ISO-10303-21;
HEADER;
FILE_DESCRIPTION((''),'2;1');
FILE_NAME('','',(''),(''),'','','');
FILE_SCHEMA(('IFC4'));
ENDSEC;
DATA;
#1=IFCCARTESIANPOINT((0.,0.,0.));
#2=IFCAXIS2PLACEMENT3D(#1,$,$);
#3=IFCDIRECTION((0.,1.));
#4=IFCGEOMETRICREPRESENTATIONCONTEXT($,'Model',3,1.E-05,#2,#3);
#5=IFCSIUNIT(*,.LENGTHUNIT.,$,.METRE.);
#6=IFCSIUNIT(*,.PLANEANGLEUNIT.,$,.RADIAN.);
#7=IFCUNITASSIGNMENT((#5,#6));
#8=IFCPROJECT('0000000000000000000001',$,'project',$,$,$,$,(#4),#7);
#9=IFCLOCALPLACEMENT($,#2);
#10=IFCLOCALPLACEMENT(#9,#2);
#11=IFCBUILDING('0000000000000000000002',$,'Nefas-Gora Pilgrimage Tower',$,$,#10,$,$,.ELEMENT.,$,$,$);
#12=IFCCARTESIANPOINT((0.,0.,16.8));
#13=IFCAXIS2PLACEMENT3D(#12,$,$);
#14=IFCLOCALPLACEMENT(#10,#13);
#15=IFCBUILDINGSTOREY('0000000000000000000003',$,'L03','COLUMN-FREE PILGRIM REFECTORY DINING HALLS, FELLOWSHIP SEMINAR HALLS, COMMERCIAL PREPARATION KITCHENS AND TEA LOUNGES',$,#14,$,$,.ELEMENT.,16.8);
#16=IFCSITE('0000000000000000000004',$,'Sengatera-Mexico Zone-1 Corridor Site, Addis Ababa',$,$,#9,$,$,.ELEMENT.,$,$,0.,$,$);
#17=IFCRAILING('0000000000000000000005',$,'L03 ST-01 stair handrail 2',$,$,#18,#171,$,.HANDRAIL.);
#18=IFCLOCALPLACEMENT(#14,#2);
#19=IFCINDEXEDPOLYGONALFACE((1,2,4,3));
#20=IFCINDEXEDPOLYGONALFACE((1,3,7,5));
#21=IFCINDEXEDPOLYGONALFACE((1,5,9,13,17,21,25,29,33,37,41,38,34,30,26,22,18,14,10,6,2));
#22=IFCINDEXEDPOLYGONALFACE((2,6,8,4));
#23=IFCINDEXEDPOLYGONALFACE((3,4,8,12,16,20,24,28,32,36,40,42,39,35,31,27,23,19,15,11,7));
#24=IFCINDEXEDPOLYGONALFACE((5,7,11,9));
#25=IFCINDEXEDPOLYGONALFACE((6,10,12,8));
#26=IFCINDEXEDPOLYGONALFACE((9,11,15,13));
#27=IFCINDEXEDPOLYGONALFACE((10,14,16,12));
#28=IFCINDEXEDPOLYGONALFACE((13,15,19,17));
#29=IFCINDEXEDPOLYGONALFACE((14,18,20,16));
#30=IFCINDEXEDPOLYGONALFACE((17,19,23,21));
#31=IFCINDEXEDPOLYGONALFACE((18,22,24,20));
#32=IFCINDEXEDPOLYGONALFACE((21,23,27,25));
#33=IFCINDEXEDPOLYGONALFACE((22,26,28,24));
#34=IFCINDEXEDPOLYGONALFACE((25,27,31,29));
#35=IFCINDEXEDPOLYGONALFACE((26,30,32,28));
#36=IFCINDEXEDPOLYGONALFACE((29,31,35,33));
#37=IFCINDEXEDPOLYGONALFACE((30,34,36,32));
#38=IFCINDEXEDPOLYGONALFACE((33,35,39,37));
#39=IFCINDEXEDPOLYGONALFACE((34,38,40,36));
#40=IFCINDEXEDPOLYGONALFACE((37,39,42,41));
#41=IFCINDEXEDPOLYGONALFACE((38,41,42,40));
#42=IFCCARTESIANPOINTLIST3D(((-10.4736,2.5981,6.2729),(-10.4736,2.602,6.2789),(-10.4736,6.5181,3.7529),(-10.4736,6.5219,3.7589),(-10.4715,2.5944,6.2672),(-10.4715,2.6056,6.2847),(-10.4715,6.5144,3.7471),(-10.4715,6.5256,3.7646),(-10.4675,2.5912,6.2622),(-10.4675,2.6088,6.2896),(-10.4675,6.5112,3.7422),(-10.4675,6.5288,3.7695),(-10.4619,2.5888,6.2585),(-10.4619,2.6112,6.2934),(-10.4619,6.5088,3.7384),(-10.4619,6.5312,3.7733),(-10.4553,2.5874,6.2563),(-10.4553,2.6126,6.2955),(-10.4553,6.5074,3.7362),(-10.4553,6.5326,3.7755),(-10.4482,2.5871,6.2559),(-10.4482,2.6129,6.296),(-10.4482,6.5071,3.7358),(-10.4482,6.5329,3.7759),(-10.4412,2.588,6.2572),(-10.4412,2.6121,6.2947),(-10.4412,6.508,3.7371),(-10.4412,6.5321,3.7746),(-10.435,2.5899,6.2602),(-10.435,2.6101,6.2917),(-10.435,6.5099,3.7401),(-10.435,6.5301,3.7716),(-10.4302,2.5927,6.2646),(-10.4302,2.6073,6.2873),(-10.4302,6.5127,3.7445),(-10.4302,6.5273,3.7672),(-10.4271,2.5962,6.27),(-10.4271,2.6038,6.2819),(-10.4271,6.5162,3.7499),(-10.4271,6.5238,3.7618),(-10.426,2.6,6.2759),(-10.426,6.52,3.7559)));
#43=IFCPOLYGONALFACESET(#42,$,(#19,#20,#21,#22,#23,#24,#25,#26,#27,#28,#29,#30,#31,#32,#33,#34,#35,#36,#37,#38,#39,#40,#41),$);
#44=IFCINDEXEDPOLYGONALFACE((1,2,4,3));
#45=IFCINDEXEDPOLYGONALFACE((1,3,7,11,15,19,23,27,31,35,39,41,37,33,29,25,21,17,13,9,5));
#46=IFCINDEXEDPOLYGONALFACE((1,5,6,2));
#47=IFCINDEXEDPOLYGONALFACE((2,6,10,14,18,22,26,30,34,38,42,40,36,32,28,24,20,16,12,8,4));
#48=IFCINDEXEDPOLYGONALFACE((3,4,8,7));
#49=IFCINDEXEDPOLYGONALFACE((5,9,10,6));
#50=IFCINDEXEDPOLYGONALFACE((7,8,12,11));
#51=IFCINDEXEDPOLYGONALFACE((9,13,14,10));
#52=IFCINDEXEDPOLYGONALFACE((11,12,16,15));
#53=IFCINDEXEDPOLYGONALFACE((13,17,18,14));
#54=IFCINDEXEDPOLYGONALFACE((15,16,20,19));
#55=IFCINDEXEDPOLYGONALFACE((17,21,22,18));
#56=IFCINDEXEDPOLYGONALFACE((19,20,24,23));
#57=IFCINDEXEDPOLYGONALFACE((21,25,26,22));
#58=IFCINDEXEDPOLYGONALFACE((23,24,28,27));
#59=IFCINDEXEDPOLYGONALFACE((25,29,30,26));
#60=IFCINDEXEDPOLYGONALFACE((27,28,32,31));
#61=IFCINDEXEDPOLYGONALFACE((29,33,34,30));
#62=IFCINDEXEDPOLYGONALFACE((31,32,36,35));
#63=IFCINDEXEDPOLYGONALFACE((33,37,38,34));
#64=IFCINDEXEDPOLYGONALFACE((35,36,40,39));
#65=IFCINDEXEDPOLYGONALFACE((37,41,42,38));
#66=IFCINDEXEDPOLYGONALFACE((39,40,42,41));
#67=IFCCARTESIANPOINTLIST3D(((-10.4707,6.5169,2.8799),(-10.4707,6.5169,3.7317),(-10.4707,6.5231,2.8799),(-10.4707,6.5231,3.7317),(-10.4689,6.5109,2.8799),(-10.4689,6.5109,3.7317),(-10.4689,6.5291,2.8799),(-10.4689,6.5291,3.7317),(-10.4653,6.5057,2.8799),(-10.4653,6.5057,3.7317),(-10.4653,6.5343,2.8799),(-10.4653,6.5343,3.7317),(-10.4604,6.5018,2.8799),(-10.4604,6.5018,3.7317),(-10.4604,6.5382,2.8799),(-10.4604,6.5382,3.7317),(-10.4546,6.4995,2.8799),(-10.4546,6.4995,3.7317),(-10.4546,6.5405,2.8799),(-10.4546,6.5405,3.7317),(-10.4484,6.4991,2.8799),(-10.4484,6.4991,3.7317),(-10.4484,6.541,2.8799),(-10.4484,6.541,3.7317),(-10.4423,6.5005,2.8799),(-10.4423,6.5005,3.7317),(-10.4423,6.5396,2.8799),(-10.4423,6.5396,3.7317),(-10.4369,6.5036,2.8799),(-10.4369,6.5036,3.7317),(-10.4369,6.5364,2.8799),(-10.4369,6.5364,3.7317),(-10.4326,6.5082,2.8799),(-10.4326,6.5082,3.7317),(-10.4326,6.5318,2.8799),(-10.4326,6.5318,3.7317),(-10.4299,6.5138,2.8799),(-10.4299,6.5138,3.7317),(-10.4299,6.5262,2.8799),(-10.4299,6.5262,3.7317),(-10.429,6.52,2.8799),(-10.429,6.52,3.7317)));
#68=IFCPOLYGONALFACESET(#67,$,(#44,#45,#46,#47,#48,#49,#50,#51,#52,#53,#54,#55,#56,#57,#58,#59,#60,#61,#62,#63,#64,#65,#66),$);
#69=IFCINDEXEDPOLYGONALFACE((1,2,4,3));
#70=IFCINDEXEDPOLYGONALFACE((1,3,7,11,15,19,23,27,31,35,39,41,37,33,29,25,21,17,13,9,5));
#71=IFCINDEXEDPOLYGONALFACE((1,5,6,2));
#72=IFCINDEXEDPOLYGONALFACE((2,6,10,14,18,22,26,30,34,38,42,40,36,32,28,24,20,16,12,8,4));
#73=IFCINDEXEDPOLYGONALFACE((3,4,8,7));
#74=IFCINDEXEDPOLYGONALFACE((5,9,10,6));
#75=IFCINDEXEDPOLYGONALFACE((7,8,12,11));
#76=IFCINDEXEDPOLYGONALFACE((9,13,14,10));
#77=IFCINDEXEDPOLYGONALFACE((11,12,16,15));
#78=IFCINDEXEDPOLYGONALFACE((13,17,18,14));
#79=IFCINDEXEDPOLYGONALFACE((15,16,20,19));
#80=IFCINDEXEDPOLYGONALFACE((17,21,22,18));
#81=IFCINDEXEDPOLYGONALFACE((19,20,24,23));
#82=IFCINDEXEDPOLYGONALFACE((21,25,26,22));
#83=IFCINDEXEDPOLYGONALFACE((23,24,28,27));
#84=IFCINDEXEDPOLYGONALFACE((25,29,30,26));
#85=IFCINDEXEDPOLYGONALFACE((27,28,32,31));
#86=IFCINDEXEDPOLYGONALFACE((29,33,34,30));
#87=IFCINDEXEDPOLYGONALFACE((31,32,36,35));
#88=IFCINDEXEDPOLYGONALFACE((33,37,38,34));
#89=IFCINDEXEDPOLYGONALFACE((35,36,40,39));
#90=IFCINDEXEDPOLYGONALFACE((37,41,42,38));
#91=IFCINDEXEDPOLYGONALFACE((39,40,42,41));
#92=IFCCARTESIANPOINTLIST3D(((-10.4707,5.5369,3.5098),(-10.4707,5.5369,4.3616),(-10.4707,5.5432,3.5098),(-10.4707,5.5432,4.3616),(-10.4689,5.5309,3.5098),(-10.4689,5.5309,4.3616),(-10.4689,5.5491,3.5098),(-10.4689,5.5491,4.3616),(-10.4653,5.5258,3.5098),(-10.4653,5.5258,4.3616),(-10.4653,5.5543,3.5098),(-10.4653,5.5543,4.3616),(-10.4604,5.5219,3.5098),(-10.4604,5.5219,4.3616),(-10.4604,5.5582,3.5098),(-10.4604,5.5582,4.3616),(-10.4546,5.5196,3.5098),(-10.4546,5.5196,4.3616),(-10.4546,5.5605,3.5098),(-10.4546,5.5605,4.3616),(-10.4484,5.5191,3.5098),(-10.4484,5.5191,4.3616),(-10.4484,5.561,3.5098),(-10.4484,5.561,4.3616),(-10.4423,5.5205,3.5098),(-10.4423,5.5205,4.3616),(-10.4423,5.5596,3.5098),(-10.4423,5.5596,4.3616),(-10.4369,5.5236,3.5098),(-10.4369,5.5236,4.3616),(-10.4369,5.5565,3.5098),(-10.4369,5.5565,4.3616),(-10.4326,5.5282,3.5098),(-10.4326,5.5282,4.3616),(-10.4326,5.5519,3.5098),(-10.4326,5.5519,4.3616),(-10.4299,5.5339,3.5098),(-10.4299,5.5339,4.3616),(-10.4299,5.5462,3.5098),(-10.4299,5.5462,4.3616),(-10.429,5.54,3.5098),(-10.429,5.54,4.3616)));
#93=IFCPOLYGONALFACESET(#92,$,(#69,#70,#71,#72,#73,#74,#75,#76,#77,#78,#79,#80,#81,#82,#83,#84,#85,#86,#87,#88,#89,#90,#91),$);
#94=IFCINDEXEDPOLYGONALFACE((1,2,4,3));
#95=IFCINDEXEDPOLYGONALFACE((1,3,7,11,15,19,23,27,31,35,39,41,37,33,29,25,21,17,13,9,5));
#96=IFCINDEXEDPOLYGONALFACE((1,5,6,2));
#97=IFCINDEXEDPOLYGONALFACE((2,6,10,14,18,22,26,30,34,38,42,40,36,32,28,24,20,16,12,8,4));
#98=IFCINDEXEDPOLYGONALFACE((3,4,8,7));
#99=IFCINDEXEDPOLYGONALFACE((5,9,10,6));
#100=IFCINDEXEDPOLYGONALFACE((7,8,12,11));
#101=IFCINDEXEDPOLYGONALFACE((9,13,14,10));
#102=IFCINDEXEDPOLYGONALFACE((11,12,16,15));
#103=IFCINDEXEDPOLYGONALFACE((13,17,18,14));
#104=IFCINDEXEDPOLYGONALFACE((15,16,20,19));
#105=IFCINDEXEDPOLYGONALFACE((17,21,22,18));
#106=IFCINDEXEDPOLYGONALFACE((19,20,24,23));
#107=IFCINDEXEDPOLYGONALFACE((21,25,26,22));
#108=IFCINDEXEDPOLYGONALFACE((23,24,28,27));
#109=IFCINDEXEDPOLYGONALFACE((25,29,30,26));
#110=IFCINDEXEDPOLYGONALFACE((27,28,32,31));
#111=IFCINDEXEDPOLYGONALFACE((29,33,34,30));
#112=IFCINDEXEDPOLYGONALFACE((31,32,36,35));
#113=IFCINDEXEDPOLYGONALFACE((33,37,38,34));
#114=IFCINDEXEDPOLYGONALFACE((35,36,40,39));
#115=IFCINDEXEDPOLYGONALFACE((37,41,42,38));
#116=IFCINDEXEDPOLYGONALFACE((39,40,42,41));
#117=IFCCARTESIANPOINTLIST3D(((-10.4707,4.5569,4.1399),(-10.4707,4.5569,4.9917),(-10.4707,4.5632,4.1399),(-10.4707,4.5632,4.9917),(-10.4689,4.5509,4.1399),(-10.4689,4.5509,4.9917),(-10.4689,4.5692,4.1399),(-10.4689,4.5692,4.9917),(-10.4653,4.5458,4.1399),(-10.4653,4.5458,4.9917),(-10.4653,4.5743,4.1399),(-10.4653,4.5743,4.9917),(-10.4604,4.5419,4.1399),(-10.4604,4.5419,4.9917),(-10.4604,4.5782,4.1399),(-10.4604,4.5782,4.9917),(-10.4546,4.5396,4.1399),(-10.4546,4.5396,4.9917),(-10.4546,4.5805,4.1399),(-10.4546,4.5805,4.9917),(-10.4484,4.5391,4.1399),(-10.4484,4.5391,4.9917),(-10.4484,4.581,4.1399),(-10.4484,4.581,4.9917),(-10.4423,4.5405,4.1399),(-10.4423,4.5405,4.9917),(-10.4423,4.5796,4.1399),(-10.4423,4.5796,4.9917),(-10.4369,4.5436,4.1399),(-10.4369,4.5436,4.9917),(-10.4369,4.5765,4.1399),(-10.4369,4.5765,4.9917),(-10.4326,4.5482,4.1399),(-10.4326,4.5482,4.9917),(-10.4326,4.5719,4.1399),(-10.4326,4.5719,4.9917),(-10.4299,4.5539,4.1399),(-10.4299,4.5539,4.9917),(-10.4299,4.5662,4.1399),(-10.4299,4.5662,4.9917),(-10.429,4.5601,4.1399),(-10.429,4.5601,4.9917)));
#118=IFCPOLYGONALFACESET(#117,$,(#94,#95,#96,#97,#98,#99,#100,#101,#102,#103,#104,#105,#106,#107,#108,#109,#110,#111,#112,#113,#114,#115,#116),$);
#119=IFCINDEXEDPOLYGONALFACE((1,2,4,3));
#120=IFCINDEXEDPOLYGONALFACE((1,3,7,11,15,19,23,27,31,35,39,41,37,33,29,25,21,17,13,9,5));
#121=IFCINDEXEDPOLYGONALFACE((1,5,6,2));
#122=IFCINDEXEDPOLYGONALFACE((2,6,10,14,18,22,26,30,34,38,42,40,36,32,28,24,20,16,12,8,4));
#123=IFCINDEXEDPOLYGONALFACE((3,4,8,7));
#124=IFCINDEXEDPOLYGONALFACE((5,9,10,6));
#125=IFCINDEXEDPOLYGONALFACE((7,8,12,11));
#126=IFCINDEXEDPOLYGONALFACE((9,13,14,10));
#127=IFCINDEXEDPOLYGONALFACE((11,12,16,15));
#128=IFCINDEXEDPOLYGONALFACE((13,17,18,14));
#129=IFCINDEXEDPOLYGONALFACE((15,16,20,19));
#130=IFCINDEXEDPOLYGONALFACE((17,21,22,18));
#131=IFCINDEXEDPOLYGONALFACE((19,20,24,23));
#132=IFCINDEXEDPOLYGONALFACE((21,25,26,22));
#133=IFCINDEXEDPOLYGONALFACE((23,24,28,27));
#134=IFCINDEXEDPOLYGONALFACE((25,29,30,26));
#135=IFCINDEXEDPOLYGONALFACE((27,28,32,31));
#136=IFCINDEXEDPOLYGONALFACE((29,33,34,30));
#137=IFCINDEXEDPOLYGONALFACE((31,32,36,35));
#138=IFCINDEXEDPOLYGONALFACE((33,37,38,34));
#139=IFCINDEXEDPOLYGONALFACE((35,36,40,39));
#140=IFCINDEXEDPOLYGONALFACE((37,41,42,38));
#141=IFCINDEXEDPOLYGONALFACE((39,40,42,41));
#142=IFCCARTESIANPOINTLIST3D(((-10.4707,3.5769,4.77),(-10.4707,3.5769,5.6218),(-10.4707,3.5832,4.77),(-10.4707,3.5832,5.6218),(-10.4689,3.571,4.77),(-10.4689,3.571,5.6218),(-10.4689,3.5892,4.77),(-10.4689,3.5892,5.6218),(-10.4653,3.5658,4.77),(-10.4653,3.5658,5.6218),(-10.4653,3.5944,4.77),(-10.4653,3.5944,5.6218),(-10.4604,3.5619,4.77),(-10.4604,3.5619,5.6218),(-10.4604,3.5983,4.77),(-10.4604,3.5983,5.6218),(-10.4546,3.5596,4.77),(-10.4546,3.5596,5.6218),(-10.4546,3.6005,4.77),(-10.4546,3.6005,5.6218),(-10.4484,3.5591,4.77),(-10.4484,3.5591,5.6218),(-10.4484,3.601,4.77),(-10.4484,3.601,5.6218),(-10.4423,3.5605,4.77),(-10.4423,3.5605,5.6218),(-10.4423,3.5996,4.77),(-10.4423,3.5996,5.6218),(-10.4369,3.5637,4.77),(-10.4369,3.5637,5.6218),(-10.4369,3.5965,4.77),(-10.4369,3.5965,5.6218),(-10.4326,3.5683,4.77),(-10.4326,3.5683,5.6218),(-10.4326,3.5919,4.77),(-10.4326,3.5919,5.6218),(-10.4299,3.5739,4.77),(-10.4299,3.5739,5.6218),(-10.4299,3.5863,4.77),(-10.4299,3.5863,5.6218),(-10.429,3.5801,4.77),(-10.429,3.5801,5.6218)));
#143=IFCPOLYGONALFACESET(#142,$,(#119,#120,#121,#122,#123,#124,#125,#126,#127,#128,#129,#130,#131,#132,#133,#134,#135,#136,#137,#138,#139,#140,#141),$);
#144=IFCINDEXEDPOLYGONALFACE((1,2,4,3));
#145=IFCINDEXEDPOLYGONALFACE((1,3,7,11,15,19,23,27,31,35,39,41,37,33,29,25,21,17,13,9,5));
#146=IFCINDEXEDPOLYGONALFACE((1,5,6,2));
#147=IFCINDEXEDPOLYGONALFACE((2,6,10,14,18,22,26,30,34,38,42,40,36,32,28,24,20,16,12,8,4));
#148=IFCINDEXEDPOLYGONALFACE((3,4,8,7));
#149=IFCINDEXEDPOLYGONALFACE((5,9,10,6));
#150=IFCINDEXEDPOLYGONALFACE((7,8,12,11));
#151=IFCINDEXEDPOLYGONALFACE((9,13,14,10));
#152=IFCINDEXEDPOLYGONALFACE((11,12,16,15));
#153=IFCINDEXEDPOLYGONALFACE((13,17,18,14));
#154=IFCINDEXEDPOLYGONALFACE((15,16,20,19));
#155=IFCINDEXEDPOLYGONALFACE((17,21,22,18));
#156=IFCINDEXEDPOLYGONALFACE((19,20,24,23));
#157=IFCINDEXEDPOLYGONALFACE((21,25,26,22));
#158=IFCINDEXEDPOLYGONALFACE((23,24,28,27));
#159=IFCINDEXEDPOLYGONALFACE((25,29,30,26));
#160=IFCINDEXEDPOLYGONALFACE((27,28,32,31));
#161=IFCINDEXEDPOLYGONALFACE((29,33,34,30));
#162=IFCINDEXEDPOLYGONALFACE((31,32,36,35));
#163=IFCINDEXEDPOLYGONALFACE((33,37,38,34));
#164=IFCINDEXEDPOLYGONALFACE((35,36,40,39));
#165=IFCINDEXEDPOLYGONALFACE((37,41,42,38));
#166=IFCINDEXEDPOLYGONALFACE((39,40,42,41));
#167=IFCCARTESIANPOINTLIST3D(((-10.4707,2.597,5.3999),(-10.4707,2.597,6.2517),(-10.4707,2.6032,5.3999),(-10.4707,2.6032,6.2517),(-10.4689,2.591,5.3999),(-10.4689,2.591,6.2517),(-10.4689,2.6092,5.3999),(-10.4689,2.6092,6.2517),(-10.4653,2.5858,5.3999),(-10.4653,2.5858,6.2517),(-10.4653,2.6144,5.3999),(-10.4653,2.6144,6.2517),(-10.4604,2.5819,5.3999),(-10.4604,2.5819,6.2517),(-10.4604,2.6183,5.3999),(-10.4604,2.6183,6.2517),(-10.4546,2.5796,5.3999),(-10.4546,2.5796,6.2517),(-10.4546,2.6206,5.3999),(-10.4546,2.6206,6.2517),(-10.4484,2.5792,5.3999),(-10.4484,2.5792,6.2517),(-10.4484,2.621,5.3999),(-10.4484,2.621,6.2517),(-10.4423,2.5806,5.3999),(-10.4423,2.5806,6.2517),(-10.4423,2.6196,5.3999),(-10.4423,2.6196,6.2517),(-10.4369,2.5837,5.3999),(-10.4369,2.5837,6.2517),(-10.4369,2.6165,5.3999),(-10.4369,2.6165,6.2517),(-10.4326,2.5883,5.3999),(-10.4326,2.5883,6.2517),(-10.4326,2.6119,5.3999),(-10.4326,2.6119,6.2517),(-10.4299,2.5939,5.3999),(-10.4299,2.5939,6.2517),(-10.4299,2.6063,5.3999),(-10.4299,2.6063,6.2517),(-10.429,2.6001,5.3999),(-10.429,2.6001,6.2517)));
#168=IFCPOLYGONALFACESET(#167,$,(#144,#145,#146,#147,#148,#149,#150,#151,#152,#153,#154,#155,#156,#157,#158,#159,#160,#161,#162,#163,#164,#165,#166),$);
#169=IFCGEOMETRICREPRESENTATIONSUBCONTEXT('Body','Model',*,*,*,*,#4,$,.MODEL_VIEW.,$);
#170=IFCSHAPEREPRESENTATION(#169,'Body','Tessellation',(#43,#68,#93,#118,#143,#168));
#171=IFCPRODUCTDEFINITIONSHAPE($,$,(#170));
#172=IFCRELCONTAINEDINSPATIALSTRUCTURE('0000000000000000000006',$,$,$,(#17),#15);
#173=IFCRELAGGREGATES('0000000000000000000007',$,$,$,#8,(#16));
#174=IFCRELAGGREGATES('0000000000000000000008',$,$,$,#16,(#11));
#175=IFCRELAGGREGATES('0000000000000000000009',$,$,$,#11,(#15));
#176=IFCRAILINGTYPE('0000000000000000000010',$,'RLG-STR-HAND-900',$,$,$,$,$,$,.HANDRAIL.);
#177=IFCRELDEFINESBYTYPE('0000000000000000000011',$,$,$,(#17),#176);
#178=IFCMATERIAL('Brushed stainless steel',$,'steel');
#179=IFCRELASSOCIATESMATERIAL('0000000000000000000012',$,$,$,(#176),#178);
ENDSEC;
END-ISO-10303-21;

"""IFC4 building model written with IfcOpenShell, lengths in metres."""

from ifc_helpers import new_model, si_unit, direction, frame, origin, origin_2d, place, context, subcontext, project, spatial, circle, extrude, material, type_object, element, save


model = new_model("IFC4")

# Units and contexts
model_context = context("Model", 3, precision=1e-05, world=origin(), true_north=direction((0.0, 1.0)))
body_context = subcontext(model_context, "Body", "Model", "MODEL_VIEW")
ifc_project = project(units=[si_unit("LENGTHUNIT", "METRE"), si_unit("PLANEANGLEUNIT", "RADIAN")], contexts=[model_context])

# Site, building, storey
site_placement = place(None, origin())
site = spatial("IfcSite", under=ifc_project, at=site_placement, Name="Sengatera-Mexico Zone-1 Corridor Site, Addis Ababa", CompositionType="ELEMENT", RefElevation=0.0)
building_placement = place(site_placement, origin())
building = spatial("IfcBuilding", under=site, at=building_placement, Name="Nefas-Gora Pilgrimage Tower", CompositionType="ELEMENT")
storey_placement = place(building_placement, frame((0.0, 0.0, 16.8)))
storey = spatial("IfcBuildingStorey", under=building, at=storey_placement, Name="L03", Description="COLUMN-FREE PILGRIM REFECTORY DINING HALLS, FELLOWSHIP SEMINAR HALLS, COMMERCIAL PREPARATION KITCHENS AND TEA LOUNGES", CompositionType="ELEMENT", Elevation=16.8)

# Railing
ifc_material_1 = material(Name="Brushed stainless steel", Category="steel")
railing_type_1 = type_object("IfcRailingType", Name="RLG-STR-HAND-900", PredefinedType="HANDRAIL", material=ifc_material_1)
railing_1_placement = place(storey_placement, frame((-10.45, 6.52, 2.8799)))
element("IfcRailing", 1, at=railing_1_placement, inside=storey, type_object=railing_type_1, Name="L03 ST-01 stair handrail 2", PredefinedType="HANDRAIL", context=body_context, shape_type="SweptSolid", body=[
    extrude(circle(Radius=0.0239, at=origin_2d()), frame((0.0, 0.0, 0.876), z_axis=(0.0, -0.841172, 0.540768), x_axis=(1.0, 0.0, 0.0)), (0.0, 0.0, 1.0), 4.6602),
    extrude(circle(Radius=0.021, at=origin_2d()), origin(), (0.0, 0.0, 1.0), 0.8518),
    extrude(circle(Radius=0.021, at=origin_2d()), frame((0.0, -0.98, 0.6299)), (0.0, 0.0, 1.0), 0.8518),
    extrude(circle(Radius=0.021, at=origin_2d()), frame((0.0, -1.96, 1.26)), (0.0, 0.0, 1.0), 0.8518),
    extrude(circle(Radius=0.021, at=origin_2d()), frame((0.0, -2.9399, 1.8901)), (0.0, 0.0, 1.0), 0.8518),
    extrude(circle(Radius=0.021, at=origin_2d()), frame((0.0, -3.9199, 2.52)), (0.0, 0.0, 1.0), 0.8518),
])

save(model, "model.ifc")
